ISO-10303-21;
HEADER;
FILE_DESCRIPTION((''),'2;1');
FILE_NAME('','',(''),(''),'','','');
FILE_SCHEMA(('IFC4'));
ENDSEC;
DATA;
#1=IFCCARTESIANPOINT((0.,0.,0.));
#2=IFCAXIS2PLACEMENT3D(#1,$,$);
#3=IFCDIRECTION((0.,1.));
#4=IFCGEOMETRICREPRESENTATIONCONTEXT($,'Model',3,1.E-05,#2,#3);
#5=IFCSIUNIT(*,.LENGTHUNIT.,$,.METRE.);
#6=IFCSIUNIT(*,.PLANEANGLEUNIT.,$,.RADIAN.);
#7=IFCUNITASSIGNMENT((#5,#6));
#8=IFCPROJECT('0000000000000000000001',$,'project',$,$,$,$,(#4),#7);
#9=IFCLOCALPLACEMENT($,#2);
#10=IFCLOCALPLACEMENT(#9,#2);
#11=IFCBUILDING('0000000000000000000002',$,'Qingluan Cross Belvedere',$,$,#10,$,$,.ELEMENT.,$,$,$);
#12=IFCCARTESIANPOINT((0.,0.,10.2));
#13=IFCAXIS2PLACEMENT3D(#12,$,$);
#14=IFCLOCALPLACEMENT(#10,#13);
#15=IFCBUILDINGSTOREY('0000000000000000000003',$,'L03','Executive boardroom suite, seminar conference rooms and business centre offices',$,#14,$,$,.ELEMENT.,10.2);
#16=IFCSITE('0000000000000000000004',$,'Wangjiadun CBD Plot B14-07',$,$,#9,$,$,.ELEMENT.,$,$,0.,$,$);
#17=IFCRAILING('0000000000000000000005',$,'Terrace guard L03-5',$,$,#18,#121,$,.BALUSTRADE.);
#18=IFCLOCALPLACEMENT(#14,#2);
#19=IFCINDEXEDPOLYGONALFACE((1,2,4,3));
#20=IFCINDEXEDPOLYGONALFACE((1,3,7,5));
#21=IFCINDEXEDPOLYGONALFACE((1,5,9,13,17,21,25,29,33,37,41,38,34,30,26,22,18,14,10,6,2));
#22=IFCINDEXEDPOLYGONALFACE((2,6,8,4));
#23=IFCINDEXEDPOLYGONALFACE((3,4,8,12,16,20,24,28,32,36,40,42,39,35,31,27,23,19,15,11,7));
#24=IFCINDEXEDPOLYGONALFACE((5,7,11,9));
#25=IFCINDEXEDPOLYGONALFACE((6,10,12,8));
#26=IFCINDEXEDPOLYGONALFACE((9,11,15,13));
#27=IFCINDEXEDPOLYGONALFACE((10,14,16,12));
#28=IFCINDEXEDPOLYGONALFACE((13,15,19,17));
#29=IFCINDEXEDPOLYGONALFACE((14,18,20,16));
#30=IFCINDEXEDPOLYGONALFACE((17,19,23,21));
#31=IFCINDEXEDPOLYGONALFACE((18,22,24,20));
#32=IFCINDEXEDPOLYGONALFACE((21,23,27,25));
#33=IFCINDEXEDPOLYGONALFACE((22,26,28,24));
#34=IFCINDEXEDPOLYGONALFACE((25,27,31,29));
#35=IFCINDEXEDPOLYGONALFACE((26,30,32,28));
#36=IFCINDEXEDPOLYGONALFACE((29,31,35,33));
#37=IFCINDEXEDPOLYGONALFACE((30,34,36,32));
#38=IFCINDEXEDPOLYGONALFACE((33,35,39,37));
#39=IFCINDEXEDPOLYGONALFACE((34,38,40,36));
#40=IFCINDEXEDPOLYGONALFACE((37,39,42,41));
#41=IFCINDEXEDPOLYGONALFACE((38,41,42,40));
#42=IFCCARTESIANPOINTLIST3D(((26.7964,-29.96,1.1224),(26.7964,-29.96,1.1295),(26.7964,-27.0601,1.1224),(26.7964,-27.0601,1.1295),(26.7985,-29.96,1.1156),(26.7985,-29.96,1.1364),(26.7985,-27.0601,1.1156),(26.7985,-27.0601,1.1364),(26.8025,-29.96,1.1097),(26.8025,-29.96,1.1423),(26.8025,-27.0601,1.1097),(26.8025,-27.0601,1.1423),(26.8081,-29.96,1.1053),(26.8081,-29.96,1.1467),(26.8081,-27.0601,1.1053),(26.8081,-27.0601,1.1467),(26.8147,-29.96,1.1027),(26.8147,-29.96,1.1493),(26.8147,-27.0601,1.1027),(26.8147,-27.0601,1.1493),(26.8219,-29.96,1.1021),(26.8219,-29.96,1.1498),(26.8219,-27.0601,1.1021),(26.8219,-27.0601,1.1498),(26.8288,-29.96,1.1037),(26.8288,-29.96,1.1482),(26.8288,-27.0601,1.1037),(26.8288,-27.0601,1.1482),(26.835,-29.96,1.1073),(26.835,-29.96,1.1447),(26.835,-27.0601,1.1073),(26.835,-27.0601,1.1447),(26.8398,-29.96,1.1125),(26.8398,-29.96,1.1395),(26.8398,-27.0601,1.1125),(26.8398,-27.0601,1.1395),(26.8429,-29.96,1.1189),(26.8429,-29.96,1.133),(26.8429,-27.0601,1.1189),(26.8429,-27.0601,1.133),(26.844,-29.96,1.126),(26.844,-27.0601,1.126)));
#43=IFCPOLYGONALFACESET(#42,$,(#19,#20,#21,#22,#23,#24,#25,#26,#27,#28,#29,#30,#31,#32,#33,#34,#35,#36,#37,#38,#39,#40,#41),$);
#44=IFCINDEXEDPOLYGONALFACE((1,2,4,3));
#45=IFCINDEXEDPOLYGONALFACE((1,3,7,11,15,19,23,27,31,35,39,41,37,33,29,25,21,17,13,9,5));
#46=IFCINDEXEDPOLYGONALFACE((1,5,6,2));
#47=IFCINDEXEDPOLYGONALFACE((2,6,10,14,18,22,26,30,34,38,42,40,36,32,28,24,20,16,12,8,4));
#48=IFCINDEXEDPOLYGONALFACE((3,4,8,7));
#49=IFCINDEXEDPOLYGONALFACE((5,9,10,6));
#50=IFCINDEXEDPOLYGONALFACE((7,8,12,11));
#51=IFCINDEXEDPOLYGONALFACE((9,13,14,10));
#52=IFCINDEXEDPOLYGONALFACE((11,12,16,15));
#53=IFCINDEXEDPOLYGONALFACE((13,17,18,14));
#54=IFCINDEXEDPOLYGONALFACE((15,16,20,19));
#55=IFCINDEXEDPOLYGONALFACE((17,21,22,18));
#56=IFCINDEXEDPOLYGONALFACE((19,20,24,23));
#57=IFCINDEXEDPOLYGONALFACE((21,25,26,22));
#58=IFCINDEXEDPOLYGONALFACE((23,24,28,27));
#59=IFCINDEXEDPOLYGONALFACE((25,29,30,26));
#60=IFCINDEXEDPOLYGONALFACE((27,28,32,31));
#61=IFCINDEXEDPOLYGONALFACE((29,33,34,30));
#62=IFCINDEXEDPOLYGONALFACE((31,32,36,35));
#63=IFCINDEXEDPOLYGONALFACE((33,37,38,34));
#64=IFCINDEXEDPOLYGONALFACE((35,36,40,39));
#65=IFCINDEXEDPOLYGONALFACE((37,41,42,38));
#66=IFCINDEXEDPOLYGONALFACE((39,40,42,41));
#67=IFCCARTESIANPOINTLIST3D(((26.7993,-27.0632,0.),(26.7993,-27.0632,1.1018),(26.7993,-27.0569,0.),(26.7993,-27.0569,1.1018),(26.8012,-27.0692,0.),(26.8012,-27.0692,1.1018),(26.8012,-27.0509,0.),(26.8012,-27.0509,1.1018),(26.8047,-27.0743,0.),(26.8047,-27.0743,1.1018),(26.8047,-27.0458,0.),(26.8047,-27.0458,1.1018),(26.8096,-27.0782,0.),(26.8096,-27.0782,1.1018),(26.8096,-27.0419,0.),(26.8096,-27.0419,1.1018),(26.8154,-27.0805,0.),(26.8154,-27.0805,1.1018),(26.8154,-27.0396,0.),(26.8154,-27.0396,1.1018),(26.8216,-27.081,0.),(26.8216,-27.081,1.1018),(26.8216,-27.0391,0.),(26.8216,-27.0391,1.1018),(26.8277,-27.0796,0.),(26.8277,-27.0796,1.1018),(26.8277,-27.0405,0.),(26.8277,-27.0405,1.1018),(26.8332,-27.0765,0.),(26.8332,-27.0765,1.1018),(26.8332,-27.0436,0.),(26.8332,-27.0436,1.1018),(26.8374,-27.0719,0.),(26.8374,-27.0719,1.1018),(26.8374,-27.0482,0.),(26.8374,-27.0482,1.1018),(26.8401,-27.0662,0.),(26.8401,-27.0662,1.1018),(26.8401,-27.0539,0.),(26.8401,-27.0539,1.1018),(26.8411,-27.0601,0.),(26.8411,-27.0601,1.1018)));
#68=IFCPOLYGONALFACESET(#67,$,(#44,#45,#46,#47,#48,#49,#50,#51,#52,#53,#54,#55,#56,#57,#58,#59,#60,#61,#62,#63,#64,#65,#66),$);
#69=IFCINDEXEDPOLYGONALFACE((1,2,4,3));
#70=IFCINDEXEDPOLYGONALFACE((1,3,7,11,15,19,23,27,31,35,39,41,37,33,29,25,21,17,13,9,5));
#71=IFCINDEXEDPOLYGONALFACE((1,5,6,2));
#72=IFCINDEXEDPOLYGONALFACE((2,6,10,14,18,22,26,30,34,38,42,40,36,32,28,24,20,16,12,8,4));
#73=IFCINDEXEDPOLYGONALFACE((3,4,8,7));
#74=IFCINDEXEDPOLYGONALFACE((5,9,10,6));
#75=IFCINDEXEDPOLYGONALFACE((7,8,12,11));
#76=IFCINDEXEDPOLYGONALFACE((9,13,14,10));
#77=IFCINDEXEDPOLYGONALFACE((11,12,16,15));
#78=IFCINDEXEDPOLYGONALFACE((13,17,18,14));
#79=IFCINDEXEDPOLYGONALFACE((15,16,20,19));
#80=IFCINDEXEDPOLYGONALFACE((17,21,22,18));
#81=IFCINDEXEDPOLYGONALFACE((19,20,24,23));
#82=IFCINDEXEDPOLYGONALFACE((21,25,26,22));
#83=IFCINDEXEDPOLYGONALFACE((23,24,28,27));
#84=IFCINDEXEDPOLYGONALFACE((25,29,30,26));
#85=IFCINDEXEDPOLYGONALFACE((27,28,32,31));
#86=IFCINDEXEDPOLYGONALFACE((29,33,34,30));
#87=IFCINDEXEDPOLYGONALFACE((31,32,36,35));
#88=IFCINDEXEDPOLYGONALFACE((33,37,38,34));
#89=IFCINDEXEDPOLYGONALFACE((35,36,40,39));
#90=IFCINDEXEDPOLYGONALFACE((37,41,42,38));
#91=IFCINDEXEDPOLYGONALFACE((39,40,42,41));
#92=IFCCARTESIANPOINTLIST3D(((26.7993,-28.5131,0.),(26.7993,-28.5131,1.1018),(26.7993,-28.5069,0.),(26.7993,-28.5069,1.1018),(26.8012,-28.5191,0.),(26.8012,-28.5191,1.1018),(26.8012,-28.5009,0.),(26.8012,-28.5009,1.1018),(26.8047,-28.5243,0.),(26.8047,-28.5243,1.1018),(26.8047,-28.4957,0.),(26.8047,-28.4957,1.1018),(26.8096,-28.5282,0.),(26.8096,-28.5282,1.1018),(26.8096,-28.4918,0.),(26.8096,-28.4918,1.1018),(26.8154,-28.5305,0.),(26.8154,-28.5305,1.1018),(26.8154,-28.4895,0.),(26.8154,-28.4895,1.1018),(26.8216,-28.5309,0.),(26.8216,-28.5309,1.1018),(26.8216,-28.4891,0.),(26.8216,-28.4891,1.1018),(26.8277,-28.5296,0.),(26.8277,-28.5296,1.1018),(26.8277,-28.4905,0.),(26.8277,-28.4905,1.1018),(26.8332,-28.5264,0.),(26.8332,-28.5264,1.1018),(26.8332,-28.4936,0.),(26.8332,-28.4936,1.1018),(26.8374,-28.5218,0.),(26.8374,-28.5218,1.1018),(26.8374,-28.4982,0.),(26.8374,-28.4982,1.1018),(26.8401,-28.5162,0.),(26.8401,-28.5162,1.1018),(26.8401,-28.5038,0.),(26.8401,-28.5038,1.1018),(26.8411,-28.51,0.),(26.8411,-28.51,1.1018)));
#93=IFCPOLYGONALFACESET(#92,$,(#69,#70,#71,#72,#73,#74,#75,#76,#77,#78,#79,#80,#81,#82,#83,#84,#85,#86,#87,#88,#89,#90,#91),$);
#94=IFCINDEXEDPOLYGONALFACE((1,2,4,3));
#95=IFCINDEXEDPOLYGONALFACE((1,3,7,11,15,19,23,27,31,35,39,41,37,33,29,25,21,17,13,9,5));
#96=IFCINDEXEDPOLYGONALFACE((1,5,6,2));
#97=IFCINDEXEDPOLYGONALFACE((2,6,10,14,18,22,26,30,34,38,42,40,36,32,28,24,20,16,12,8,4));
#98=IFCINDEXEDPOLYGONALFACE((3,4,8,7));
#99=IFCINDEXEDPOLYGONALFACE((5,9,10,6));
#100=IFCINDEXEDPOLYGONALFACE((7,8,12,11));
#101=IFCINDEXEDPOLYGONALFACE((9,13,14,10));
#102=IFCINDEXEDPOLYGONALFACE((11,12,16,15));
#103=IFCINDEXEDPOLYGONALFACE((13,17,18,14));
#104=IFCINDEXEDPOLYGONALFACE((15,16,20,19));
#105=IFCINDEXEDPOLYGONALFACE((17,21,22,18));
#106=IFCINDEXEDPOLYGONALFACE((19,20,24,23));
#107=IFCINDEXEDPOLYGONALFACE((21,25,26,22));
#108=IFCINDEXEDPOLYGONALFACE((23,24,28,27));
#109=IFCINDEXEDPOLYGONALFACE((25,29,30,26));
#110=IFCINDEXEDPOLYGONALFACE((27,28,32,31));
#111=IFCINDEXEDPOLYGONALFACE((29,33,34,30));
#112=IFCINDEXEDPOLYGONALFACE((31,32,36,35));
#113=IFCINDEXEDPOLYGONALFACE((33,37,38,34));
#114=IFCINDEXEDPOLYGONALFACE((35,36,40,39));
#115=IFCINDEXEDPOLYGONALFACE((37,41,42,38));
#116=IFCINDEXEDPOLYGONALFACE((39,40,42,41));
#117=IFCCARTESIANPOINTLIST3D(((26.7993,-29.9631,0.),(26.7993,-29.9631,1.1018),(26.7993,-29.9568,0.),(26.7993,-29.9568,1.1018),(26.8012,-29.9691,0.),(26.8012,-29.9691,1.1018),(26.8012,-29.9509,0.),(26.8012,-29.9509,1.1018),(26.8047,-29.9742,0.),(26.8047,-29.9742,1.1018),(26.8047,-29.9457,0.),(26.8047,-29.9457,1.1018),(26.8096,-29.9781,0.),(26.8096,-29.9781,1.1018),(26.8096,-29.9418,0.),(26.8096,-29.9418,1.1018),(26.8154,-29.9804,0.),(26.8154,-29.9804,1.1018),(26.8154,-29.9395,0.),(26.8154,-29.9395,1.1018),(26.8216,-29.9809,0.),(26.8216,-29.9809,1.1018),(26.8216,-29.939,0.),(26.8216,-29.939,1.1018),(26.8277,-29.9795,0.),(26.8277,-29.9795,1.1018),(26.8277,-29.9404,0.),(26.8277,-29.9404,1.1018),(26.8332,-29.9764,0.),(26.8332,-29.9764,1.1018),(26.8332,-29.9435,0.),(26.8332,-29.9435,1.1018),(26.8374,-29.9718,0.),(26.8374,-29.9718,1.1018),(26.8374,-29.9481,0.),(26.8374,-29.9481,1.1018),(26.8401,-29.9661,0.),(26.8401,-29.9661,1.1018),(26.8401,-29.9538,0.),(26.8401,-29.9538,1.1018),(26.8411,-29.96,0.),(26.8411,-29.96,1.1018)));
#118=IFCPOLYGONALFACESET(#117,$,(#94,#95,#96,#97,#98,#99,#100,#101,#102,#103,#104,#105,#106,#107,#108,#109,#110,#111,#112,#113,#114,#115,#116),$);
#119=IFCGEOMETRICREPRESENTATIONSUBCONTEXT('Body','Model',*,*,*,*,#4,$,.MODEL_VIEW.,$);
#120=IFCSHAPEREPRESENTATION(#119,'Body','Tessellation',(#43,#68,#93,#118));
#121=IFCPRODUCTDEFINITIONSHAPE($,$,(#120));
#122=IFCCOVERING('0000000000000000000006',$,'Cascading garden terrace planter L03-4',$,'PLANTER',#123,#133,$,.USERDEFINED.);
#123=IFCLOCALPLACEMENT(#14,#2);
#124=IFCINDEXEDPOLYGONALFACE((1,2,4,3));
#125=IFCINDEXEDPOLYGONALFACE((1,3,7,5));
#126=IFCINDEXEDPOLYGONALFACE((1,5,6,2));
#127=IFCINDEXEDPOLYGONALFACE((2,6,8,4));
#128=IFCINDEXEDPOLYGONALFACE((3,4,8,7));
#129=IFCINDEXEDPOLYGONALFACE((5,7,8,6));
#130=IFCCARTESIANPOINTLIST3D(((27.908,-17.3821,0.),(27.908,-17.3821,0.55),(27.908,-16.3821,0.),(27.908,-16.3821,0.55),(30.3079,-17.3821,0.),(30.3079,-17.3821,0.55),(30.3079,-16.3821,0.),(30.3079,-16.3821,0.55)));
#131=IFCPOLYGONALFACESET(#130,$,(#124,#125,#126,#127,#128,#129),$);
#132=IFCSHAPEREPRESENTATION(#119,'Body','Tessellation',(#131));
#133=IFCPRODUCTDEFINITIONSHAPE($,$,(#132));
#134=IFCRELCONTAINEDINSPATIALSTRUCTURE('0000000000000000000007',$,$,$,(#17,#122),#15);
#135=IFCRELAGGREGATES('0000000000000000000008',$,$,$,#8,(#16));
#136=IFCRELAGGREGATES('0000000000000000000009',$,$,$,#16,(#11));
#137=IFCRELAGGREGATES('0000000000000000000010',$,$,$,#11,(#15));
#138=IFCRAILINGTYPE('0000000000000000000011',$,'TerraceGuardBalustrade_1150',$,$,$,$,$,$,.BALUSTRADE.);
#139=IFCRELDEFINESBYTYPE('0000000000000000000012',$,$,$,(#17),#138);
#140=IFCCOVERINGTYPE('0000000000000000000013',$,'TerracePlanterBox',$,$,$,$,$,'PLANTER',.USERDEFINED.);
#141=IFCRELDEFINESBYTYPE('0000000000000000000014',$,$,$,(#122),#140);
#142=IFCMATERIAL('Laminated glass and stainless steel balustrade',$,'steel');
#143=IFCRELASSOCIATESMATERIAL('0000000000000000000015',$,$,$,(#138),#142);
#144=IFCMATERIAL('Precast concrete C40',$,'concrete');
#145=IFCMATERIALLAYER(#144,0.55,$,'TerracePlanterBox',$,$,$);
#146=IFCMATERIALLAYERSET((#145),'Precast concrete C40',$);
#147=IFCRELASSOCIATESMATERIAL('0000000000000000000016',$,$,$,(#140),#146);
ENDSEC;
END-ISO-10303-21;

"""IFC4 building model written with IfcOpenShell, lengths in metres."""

from ifc_helpers import new_model, si_unit, direction, frame, origin, origin_2d, place, context, subcontext, project, spatial, rectangle, circle, extrude, material, layer, layer_set, type_object, element, save


model = new_model("IFC4")

# Units and contexts
model_context = context("Model", 3, precision=1e-05, world=origin(), true_north=direction((0.0, 1.0)))
body_context = subcontext(model_context, "Body", "Model", "MODEL_VIEW")
ifc_project = project(units=[si_unit("LENGTHUNIT", "METRE"), si_unit("PLANEANGLEUNIT", "RADIAN")], contexts=[model_context])

# Site, building, storey
site_placement = place(None, origin())
site = spatial("IfcSite", under=ifc_project, at=site_placement, Name="Wangjiadun CBD Plot B14-07", CompositionType="ELEMENT", RefElevation=0.0)
building_placement = place(site_placement, origin())
building = spatial("IfcBuilding", under=site, at=building_placement, Name="Qingluan Cross Belvedere", CompositionType="ELEMENT")
storey_placement = place(building_placement, frame((0.0, 0.0, 10.2)))
storey = spatial("IfcBuildingStorey", under=building, at=storey_placement, Name="L03", Description="Executive boardroom suite, seminar conference rooms and business centre offices", CompositionType="ELEMENT", Elevation=10.2)

# Railing
ifc_material_1 = material(Name="Laminated glass and stainless steel balustrade", Category="steel")
railing_type_1 = type_object("IfcRailingType", Name="TerraceGuardBalustrade_1150", PredefinedType="BALUSTRADE", material=ifc_material_1)
railing_1_placement = place(storey_placement, frame((26.8201, -27.0601, 0.0)))
element("IfcRailing", 1, at=railing_1_placement, inside=storey, type_object=railing_type_1, Name="Terrace guard L03-5", PredefinedType="BALUSTRADE", context=body_context, shape_type="SweptSolid", body=[
    extrude(circle(Radius=0.0239, at=origin_2d()), frame((0.0, 0.0, 1.126), z_axis=(0.0, -1.0, 0.0), x_axis=(1.0, 0.0, 0.0)), (0.0, 0.0, 1.0), 2.8999),
    extrude(circle(Radius=0.021, at=origin_2d()), origin(), (0.0, 0.0, 1.0), 1.1018),
    extrude(circle(Radius=0.021, at=origin_2d()), frame((0.0, -1.45, 0.0)), (0.0, 0.0, 1.0), 1.1018),
    extrude(circle(Radius=0.021, at=origin_2d()), frame((0.0, -2.8999, 0.0)), (0.0, 0.0, 1.0), 1.1018),
])

# Covering
ifc_material_2 = material(Name="Precast concrete C40", Category="concrete")
ifc_layer_1 = layer(ifc_material_2, 0.55, Name="TerracePlanterBox")
ifc_layer_set_1 = layer_set([ifc_layer_1], Name="Precast concrete C40")
covering_type = type_object("IfcCoveringType", Name="TerracePlanterBox", ElementType="PLANTER", PredefinedType="USERDEFINED", material=ifc_layer_set_1)
covering_placement = place(storey_placement, frame((29.1079, -16.8821, 0.0), z_axis=(0.0, 0.0, 1.0), x_axis=(1.0, 0.0, 0.0)))
element("IfcCovering", 2, at=covering_placement, inside=storey, type_object=covering_type, Name="Cascading garden terrace planter L03-4", ObjectType="PLANTER", PredefinedType="USERDEFINED", context=body_context, shape_type="SweptSolid", body=[
    extrude(rectangle(XDim=2.3999, YDim=1.0, at=origin_2d()), origin(), (0.0, 0.0, 1.0), 0.55),
])

save(model, "model.ifc")
